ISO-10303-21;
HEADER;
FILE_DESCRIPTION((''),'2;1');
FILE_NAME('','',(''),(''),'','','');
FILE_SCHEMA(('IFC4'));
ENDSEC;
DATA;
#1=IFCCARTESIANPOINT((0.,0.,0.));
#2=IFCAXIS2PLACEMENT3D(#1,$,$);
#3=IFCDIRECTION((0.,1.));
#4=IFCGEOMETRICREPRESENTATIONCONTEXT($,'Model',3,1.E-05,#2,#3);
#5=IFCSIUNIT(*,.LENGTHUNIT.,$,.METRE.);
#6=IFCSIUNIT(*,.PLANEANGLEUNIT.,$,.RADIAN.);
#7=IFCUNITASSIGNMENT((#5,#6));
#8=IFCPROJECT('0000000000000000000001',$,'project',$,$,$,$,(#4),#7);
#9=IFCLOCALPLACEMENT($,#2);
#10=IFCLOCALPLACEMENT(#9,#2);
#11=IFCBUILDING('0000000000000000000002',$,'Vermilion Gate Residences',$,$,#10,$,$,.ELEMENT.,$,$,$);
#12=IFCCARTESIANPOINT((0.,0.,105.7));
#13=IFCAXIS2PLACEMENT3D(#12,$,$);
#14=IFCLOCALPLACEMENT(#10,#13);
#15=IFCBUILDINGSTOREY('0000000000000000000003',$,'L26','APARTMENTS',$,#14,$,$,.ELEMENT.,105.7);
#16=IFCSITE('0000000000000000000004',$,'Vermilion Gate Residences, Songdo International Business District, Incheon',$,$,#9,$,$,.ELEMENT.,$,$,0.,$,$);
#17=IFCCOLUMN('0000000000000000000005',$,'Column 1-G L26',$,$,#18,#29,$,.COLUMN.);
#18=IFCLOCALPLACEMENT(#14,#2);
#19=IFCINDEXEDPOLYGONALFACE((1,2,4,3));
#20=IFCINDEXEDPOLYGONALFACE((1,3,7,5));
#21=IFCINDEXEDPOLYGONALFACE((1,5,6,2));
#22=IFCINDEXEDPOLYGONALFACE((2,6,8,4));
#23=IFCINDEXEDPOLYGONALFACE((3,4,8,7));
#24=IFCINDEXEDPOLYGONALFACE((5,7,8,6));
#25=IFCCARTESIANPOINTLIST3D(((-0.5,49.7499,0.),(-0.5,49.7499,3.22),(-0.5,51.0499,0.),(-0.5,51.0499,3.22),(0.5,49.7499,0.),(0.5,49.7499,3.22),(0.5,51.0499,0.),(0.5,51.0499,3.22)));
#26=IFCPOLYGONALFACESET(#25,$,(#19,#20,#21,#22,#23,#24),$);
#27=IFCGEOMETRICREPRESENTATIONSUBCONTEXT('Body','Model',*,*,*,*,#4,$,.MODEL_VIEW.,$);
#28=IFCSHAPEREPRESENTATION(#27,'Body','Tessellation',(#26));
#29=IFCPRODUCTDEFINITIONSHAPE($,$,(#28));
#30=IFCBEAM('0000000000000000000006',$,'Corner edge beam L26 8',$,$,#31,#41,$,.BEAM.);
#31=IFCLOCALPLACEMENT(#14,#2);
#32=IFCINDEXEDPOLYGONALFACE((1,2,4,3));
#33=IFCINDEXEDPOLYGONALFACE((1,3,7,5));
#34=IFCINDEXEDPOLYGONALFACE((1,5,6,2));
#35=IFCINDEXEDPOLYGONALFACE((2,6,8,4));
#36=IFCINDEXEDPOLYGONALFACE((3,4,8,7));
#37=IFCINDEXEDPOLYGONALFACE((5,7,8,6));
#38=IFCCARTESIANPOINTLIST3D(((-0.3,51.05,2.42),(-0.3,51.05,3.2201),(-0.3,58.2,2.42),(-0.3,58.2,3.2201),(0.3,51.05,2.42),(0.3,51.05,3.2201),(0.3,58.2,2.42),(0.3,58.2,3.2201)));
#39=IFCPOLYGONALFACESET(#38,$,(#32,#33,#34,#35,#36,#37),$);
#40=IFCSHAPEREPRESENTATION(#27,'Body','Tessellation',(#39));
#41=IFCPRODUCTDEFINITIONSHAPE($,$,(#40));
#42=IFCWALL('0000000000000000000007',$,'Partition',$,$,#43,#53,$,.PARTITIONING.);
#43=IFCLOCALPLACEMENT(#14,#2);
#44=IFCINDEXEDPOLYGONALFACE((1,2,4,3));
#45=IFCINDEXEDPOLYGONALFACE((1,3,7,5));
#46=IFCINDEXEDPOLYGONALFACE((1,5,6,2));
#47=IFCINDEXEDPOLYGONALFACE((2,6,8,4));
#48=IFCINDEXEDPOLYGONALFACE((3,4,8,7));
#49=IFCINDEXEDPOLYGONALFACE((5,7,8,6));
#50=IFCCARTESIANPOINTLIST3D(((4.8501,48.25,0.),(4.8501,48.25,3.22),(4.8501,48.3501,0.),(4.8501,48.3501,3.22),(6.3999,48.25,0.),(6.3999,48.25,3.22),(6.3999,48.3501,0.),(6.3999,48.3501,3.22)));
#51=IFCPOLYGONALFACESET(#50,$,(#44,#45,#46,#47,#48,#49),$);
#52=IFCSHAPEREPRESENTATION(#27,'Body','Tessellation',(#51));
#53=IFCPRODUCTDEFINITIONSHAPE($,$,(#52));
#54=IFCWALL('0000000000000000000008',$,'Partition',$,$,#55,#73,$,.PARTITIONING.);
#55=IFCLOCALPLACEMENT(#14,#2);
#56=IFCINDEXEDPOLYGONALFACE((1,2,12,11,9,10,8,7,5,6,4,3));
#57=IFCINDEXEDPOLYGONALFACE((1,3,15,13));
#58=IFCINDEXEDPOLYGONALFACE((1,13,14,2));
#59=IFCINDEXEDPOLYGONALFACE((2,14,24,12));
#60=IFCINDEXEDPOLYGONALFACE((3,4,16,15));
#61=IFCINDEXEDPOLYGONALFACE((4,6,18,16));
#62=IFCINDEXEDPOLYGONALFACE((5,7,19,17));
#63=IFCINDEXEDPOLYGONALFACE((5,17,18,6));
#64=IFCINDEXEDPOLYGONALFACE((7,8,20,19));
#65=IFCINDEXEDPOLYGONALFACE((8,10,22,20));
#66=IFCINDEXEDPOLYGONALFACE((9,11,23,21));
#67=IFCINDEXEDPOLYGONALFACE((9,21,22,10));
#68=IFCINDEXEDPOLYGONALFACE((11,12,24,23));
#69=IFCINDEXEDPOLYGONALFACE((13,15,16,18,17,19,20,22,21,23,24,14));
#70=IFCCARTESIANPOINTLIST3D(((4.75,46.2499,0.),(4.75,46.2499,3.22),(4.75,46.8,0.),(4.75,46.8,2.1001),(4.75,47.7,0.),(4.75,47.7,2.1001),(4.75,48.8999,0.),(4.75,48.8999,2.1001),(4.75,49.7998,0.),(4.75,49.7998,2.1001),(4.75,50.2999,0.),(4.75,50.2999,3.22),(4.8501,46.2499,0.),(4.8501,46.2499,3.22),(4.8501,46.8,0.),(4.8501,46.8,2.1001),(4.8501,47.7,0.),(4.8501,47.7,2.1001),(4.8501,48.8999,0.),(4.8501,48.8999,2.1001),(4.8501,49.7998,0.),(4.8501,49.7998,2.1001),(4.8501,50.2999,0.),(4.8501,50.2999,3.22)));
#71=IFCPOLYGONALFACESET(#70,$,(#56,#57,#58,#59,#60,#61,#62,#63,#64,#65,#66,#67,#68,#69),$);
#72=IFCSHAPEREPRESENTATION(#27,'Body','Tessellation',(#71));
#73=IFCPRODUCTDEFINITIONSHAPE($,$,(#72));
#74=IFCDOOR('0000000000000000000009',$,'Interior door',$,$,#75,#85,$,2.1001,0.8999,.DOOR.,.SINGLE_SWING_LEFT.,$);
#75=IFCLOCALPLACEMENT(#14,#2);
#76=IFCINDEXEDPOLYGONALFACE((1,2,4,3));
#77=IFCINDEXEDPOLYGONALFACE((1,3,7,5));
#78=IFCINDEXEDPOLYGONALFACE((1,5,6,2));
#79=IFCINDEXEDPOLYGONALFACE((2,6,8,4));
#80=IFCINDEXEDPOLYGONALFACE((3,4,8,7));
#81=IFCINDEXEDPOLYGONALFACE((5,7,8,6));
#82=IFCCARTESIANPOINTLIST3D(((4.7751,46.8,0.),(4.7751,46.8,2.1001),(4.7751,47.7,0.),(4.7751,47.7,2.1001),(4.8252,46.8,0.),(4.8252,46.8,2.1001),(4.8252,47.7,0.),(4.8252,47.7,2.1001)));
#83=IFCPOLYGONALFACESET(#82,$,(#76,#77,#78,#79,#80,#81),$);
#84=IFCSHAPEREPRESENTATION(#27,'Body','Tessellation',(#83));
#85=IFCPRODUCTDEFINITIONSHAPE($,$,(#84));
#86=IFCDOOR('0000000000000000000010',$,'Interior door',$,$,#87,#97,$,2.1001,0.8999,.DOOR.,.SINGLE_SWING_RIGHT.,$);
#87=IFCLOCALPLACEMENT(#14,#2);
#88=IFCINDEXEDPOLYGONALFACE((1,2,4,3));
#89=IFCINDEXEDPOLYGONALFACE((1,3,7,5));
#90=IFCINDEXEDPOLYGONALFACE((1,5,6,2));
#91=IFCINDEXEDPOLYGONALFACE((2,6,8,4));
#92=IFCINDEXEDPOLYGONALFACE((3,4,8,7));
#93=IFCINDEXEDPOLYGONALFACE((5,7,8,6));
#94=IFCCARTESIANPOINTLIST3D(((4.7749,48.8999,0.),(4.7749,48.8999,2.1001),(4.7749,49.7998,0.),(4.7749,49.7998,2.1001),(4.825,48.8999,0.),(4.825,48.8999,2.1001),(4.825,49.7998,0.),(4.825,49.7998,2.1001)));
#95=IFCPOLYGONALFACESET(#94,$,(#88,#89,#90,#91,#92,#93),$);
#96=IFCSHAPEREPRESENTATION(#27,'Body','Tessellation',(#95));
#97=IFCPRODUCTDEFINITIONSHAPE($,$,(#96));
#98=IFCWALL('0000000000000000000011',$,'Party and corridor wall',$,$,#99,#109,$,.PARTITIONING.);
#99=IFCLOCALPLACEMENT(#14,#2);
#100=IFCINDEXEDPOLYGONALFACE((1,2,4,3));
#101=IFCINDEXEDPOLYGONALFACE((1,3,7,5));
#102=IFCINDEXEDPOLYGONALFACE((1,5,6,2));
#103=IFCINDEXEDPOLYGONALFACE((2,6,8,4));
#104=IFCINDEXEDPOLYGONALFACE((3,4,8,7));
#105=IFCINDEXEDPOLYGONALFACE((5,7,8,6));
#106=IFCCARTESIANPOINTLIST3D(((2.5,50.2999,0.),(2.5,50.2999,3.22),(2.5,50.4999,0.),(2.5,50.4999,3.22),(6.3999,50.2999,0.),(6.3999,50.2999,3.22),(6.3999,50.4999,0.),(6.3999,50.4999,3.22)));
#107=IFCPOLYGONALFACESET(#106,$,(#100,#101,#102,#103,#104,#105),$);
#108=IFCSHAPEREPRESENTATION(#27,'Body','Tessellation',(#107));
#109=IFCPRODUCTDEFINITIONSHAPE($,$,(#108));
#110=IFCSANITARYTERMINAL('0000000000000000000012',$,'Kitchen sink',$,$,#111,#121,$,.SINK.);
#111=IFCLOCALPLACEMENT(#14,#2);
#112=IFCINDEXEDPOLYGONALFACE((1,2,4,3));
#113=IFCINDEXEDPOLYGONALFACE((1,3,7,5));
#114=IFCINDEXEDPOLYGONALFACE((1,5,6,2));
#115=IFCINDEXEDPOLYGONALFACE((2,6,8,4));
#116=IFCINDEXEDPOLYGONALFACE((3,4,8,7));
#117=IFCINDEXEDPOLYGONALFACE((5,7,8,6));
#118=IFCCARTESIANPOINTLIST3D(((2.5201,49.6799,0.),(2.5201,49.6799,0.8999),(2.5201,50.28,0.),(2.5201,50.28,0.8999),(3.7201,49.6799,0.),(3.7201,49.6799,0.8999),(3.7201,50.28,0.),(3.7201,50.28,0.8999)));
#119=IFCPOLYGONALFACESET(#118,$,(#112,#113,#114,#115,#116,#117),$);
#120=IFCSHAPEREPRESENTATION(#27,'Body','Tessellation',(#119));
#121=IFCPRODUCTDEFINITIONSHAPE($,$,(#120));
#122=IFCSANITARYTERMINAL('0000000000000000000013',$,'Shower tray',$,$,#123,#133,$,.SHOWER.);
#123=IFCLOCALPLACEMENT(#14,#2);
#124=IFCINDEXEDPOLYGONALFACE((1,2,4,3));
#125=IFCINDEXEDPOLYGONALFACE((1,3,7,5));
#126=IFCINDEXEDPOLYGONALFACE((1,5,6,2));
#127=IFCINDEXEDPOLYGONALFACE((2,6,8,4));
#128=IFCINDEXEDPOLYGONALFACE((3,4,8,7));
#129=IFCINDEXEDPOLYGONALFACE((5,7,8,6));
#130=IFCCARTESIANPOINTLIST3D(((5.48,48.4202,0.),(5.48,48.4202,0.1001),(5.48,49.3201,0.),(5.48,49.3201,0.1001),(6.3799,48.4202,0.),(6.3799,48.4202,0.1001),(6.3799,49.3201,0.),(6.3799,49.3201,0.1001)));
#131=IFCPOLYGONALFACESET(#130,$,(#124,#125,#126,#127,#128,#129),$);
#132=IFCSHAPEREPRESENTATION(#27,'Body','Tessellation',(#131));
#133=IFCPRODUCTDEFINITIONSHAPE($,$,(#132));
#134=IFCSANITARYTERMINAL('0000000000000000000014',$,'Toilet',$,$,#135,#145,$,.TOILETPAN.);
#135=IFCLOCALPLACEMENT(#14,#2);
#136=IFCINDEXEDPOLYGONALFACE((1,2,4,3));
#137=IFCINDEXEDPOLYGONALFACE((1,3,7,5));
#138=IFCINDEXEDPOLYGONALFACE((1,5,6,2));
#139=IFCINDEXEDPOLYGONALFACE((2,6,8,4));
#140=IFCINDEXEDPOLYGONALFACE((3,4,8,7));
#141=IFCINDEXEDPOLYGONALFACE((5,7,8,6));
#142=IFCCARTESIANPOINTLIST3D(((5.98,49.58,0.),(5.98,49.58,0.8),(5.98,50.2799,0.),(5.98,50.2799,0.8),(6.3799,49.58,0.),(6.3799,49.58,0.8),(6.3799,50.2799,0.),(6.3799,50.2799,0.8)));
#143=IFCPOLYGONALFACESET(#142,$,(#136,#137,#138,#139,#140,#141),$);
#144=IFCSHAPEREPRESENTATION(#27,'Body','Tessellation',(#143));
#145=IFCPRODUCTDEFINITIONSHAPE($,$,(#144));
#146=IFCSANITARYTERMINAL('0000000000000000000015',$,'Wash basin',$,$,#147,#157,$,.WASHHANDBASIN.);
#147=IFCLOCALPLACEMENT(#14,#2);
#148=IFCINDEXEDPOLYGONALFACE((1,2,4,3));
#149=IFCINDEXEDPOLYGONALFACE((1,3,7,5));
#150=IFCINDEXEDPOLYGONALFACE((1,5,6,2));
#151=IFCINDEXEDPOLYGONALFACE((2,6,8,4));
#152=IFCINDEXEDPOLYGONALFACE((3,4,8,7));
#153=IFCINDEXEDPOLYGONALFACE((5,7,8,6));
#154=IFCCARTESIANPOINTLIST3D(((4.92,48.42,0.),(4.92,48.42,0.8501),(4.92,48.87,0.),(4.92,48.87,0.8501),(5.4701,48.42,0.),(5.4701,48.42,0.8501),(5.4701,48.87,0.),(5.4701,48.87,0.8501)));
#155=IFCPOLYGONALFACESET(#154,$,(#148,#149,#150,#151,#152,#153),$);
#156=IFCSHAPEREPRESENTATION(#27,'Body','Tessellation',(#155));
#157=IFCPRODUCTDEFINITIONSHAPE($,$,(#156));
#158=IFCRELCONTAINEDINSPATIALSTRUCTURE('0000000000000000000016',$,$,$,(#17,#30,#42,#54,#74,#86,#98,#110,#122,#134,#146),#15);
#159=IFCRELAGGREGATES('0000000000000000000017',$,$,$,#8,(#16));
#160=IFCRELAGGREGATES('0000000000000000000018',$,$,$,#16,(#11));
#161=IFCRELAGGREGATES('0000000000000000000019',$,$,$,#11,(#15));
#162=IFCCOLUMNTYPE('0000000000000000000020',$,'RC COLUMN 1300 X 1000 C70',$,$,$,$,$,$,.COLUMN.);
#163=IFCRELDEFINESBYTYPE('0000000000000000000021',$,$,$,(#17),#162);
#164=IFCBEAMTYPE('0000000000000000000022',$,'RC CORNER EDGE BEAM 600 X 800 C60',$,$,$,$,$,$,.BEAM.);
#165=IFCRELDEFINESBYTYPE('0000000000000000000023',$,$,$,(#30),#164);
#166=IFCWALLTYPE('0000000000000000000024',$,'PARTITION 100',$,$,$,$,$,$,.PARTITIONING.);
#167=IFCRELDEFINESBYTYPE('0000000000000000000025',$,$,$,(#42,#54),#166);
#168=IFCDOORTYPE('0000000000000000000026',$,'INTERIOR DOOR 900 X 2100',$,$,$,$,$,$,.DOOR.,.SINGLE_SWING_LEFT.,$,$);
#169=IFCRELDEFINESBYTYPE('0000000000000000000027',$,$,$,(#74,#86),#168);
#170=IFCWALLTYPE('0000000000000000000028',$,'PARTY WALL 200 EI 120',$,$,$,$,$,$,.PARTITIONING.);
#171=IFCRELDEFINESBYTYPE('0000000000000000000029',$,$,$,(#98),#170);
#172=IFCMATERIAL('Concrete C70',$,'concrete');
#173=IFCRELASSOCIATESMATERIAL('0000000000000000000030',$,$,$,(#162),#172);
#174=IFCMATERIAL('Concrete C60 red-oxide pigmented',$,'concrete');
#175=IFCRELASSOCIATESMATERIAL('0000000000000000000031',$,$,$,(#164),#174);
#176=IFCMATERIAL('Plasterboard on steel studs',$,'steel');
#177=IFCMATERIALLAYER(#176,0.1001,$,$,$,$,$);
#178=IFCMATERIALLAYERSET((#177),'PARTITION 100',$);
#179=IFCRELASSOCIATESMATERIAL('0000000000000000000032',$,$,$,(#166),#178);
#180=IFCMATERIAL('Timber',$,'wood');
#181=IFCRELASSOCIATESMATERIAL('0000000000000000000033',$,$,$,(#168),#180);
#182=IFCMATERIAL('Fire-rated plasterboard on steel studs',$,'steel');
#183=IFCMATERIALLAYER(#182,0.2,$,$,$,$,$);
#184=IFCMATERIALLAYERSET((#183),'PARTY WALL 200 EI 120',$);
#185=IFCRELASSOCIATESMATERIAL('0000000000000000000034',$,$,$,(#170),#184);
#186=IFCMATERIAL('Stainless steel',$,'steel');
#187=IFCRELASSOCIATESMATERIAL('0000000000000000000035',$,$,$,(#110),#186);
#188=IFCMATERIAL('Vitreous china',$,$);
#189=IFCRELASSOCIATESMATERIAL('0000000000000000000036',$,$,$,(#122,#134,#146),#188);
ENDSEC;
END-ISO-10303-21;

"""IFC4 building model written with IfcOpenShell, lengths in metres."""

from ifc_helpers import new_model, si_unit, direction, frame, frame_2d, origin, origin_2d, place, context, subcontext, project, spatial, rectangle, extrude, material, layer, layer_set, material_profile, profile_set, type_object, element, fill, save


model = new_model("IFC4")

# Units and contexts
model_context = context("Model", 3, precision=1e-05, world=origin(), true_north=direction((0.0, 1.0)))
body_context = subcontext(model_context, "Body", "Model", "MODEL_VIEW")
ifc_project = project(units=[si_unit("LENGTHUNIT", "METRE"), si_unit("PLANEANGLEUNIT", "RADIAN")], contexts=[model_context])

# Site, building, storey
site_placement = place(None, origin())
site = spatial("IfcSite", under=ifc_project, at=site_placement, Name="Vermilion Gate Residences, Songdo International Business District, Incheon", CompositionType="ELEMENT", RefElevation=0.0)
building_placement = place(site_placement, origin())
building = spatial("IfcBuilding", under=site, at=building_placement, Name="Vermilion Gate Residences", CompositionType="ELEMENT")
storey_placement = place(building_placement, frame((0.0, 0.0, 105.7)))
storey = spatial("IfcBuildingStorey", under=building, at=storey_placement, Name="L26", Description="APARTMENTS", CompositionType="ELEMENT", Elevation=105.7)

# Column
ifc_material_1 = material(Name="Concrete C70", Category="concrete")
ifc_material_profile_1 = material_profile(ifc_material_1, rectangle(XDim=1.3, YDim=1.0, at=origin_2d()), Name="RC-1300x1000")
ifc_profile_set_1 = profile_set([ifc_material_profile_1], Name="Concrete C70")
column_type = type_object("IfcColumnType", Name="RC COLUMN 1300 X 1000 C70", PredefinedType="COLUMN", material=ifc_profile_set_1)
column_placement = place(storey_placement, frame((0.0, 50.3999, 0.0), z_axis=(0.0, 0.0, 1.0), x_axis=(0.0, 1.0, 0.0)))
element("IfcColumn", 1, at=column_placement, inside=storey, type_object=column_type, Name="Column 1-G L26", PredefinedType="COLUMN", context=body_context, shape_type="SweptSolid", body=[
    extrude(rectangle(XDim=1.3, YDim=1.0, at=origin_2d()), origin(), (0.0, 0.0, 1.0), 3.22),
])

# Beam
ifc_material_2 = material(Name="Concrete C60 red-oxide pigmented", Category="concrete")
ifc_material_profile_2 = material_profile(ifc_material_2, rectangle(XDim=0.6001, YDim=0.8, at=origin_2d()), Name="RC-600x800")
ifc_profile_set_2 = profile_set([ifc_material_profile_2], Name="Concrete C60 red-oxide pigmented")
beam_type = type_object("IfcBeamType", Name="RC CORNER EDGE BEAM 600 X 800 C60", PredefinedType="BEAM", material=ifc_profile_set_2)
beam_placement = place(storey_placement, frame((0.0, 51.05, 2.8201), z_axis=(0.0, 1.0, 0.0), x_axis=(-1.0, 0.0, 0.0)))
element("IfcBeam", 2, at=beam_placement, inside=storey, type_object=beam_type, Name="Corner edge beam L26 8", PredefinedType="BEAM", context=body_context, shape_type="SweptSolid", body=[
    extrude(rectangle(XDim=0.6001, YDim=0.8, at=origin_2d()), origin(), (0.0, 0.0, 1.0), 7.1499),
])

# Wall
ifc_material_3 = material(Name="Plasterboard on steel studs", Category="steel")
ifc_layer_1 = layer(ifc_material_3, 0.1001)
ifc_layer_set_1 = layer_set([ifc_layer_1], Name="PARTITION 100")
wall_type_1 = type_object("IfcWallType", Name="PARTITION 100", PredefinedType="PARTITIONING", material=ifc_layer_set_1)
wall_1_placement = place(storey_placement, frame((4.8501, 48.3, 0.0), z_axis=(0.0, 0.0, 1.0), x_axis=(1.0, 0.0, 0.0)))
element("IfcWall", 3, at=wall_1_placement, inside=storey, type_object=wall_type_1, Name="Partition", PredefinedType="PARTITIONING", context=body_context, shape_type="SweptSolid", body=[
    extrude(rectangle(XDim=1.5498, YDim=0.1001, at=frame_2d((0.7749, 0.0))), origin(), (0.0, 0.0, 1.0), 3.22),
])

# Wall, openings, doors
wall_2_placement = place(storey_placement, frame((4.8, 46.25, 0.0), z_axis=(0.0, 0.0, 1.0), x_axis=(0.0, 1.0, 0.0)))
wall_2 = element("IfcWall", 4, at=wall_2_placement, inside=storey, type_object=wall_type_1, Name="Partition", PredefinedType="PARTITIONING", context=body_context, shape_type="SweptSolid", body=[
    extrude(rectangle(XDim=4.05, YDim=0.1001, at=frame_2d((2.0249, 0.0))), origin(), (0.0, 0.0, 1.0), 3.22),
])
opening_1_placement = place(wall_2_placement, frame((0.55, 0.0, 0.0)))
opening_1 = element("IfcOpeningElement", 5, at=opening_1_placement, cuts=wall_2, PredefinedType="OPENING", context=body_context, shape_type="SweptSolid", body=[
    extrude(rectangle(XDim=0.8999, YDim=2.1001, at=frame_2d((0.45, 1.05))), frame((0.0, 0.0601, 0.0), z_axis=(0.0, -1.0, 0.0), x_axis=(1.0, 0.0, 0.0)), (0.0, 0.0, 1.0), 0.1201),
])
opening_2_placement = place(wall_2_placement, frame((2.6499, 0.0, 0.0)))
opening_2 = element("IfcOpeningElement", 6, at=opening_2_placement, cuts=wall_2, PredefinedType="OPENING", context=body_context, shape_type="SweptSolid", body=[
    extrude(rectangle(XDim=0.8999, YDim=2.1001, at=frame_2d((0.45, 1.05))), frame((0.0, 0.0601, 0.0), z_axis=(0.0, -1.0, 0.0), x_axis=(1.0, 0.0, 0.0)), (0.0, 0.0, 1.0), 0.1201),
])
ifc_material_4 = material(Name="Timber", Category="wood")
door_type = type_object("IfcDoorType", Name="INTERIOR DOOR 900 X 2100", OperationType="SINGLE_SWING_LEFT", PredefinedType="DOOR", material=ifc_material_4)
door_1_placement = place(opening_1_placement, origin())
door_1 = element("IfcDoor", 7, at=door_1_placement, inside=storey, type_object=door_type, Name="Interior door", OperationType="SINGLE_SWING_LEFT", OverallHeight=2.1001, OverallWidth=0.8999, PredefinedType="DOOR", context=body_context, shape_type="SweptSolid", body=[
    extrude(rectangle(XDim=0.8999, YDim=2.1001, at=frame_2d((0.45, 1.05))), frame((0.0, 0.0249, 0.0), z_axis=(0.0, -1.0, 0.0), x_axis=(1.0, 0.0, 0.0)), (0.0, 0.0, 1.0), 0.05),
])
fill(opening_1, door_1)
door_2_placement = place(opening_2_placement, frame((0.8999, 0.0, 0.0), z_axis=(0.0, 0.0, 1.0), x_axis=(-1.0, 0.0, 0.0)))
door_2 = element("IfcDoor", 8, at=door_2_placement, inside=storey, type_object=door_type, Name="Interior door", OperationType="SINGLE_SWING_RIGHT", OverallHeight=2.1001, OverallWidth=0.8999, PredefinedType="DOOR", context=body_context, shape_type="SweptSolid", body=[
    extrude(rectangle(XDim=0.8999, YDim=2.1001, at=frame_2d((0.45, 1.05))), frame((0.0, 0.0249, 0.0), z_axis=(0.0, -1.0, 0.0), x_axis=(1.0, 0.0, 0.0)), (0.0, 0.0, 1.0), 0.05),
])
fill(opening_2, door_2)

# Wall
ifc_material_5 = material(Name="Fire-rated plasterboard on steel studs", Category="steel")
ifc_layer_2 = layer(ifc_material_5, 0.2)
ifc_layer_set_2 = layer_set([ifc_layer_2], Name="PARTY WALL 200 EI 120")
wall_type_2 = type_object("IfcWallType", Name="PARTY WALL 200 EI 120", PredefinedType="PARTITIONING", material=ifc_layer_set_2)
wall_3_placement = place(storey_placement, frame((2.5, 50.3999, 0.0), z_axis=(0.0, 0.0, 1.0), x_axis=(1.0, 0.0, 0.0)))
element("IfcWall", 9, at=wall_3_placement, inside=storey, type_object=wall_type_2, Name="Party and corridor wall", PredefinedType="PARTITIONING", context=body_context, shape_type="SweptSolid", body=[
    extrude(rectangle(XDim=3.8999, YDim=0.2, at=frame_2d((1.95, 0.0))), origin(), (0.0, 0.0, 1.0), 3.22),
])

# Sanitary terminals
ifc_material_6 = material(Name="Stainless steel", Category="steel")
sanitary_terminal_1_placement = place(storey_placement, frame((3.1201, 49.98, 0.0), z_axis=(0.0, 0.0, 1.0), x_axis=(1.0, 0.0, 0.0)))
element("IfcSanitaryTerminal", 10, at=sanitary_terminal_1_placement, inside=storey, material=ifc_material_6, Name="Kitchen sink", PredefinedType="SINK", context=body_context, shape_type="SweptSolid", body=[
    extrude(rectangle(XDim=1.2, YDim=0.6001, at=origin_2d()), origin(), (0.0, 0.0, 1.0), 0.8999),
])
ifc_material_7 = material(Name="Vitreous china")
sanitary_terminal_2_placement = place(storey_placement, frame((5.9299, 48.8701, 0.0), z_axis=(0.0, 0.0, 1.0), x_axis=(1.0, 0.0, 0.0)))
element("IfcSanitaryTerminal", 11, at=sanitary_terminal_2_placement, inside=storey, material=ifc_material_7, Name="Shower tray", PredefinedType="SHOWER", context=body_context, shape_type="SweptSolid", body=[
    extrude(rectangle(XDim=0.8999, YDim=0.8999, at=origin_2d()), origin(), (0.0, 0.0, 1.0), 0.1001),
])
sanitary_terminal_3_placement = place(storey_placement, frame((6.1799, 49.9299, 0.0), z_axis=(0.0, 0.0, 1.0), x_axis=(1.0, 0.0, 0.0)))
element("IfcSanitaryTerminal", 12, at=sanitary_terminal_3_placement, inside=storey, material=ifc_material_7, Name="Toilet", PredefinedType="TOILETPAN", context=body_context, shape_type="SweptSolid", body=[
    extrude(rectangle(XDim=0.3999, YDim=0.7, at=origin_2d()), origin(), (0.0, 0.0, 1.0), 0.8),
])
sanitary_terminal_4_placement = place(storey_placement, frame((5.1951, 48.645, 0.0), z_axis=(0.0, 0.0, 1.0), x_axis=(1.0, 0.0, 0.0)))
element("IfcSanitaryTerminal", 13, at=sanitary_terminal_4_placement, inside=storey, material=ifc_material_7, Name="Wash basin", PredefinedType="WASHHANDBASIN", context=body_context, shape_type="SweptSolid", body=[
    extrude(rectangle(XDim=0.55, YDim=0.45, at=origin_2d()), origin(), (0.0, 0.0, 1.0), 0.8501),
])

save(model, "model.ifc")
